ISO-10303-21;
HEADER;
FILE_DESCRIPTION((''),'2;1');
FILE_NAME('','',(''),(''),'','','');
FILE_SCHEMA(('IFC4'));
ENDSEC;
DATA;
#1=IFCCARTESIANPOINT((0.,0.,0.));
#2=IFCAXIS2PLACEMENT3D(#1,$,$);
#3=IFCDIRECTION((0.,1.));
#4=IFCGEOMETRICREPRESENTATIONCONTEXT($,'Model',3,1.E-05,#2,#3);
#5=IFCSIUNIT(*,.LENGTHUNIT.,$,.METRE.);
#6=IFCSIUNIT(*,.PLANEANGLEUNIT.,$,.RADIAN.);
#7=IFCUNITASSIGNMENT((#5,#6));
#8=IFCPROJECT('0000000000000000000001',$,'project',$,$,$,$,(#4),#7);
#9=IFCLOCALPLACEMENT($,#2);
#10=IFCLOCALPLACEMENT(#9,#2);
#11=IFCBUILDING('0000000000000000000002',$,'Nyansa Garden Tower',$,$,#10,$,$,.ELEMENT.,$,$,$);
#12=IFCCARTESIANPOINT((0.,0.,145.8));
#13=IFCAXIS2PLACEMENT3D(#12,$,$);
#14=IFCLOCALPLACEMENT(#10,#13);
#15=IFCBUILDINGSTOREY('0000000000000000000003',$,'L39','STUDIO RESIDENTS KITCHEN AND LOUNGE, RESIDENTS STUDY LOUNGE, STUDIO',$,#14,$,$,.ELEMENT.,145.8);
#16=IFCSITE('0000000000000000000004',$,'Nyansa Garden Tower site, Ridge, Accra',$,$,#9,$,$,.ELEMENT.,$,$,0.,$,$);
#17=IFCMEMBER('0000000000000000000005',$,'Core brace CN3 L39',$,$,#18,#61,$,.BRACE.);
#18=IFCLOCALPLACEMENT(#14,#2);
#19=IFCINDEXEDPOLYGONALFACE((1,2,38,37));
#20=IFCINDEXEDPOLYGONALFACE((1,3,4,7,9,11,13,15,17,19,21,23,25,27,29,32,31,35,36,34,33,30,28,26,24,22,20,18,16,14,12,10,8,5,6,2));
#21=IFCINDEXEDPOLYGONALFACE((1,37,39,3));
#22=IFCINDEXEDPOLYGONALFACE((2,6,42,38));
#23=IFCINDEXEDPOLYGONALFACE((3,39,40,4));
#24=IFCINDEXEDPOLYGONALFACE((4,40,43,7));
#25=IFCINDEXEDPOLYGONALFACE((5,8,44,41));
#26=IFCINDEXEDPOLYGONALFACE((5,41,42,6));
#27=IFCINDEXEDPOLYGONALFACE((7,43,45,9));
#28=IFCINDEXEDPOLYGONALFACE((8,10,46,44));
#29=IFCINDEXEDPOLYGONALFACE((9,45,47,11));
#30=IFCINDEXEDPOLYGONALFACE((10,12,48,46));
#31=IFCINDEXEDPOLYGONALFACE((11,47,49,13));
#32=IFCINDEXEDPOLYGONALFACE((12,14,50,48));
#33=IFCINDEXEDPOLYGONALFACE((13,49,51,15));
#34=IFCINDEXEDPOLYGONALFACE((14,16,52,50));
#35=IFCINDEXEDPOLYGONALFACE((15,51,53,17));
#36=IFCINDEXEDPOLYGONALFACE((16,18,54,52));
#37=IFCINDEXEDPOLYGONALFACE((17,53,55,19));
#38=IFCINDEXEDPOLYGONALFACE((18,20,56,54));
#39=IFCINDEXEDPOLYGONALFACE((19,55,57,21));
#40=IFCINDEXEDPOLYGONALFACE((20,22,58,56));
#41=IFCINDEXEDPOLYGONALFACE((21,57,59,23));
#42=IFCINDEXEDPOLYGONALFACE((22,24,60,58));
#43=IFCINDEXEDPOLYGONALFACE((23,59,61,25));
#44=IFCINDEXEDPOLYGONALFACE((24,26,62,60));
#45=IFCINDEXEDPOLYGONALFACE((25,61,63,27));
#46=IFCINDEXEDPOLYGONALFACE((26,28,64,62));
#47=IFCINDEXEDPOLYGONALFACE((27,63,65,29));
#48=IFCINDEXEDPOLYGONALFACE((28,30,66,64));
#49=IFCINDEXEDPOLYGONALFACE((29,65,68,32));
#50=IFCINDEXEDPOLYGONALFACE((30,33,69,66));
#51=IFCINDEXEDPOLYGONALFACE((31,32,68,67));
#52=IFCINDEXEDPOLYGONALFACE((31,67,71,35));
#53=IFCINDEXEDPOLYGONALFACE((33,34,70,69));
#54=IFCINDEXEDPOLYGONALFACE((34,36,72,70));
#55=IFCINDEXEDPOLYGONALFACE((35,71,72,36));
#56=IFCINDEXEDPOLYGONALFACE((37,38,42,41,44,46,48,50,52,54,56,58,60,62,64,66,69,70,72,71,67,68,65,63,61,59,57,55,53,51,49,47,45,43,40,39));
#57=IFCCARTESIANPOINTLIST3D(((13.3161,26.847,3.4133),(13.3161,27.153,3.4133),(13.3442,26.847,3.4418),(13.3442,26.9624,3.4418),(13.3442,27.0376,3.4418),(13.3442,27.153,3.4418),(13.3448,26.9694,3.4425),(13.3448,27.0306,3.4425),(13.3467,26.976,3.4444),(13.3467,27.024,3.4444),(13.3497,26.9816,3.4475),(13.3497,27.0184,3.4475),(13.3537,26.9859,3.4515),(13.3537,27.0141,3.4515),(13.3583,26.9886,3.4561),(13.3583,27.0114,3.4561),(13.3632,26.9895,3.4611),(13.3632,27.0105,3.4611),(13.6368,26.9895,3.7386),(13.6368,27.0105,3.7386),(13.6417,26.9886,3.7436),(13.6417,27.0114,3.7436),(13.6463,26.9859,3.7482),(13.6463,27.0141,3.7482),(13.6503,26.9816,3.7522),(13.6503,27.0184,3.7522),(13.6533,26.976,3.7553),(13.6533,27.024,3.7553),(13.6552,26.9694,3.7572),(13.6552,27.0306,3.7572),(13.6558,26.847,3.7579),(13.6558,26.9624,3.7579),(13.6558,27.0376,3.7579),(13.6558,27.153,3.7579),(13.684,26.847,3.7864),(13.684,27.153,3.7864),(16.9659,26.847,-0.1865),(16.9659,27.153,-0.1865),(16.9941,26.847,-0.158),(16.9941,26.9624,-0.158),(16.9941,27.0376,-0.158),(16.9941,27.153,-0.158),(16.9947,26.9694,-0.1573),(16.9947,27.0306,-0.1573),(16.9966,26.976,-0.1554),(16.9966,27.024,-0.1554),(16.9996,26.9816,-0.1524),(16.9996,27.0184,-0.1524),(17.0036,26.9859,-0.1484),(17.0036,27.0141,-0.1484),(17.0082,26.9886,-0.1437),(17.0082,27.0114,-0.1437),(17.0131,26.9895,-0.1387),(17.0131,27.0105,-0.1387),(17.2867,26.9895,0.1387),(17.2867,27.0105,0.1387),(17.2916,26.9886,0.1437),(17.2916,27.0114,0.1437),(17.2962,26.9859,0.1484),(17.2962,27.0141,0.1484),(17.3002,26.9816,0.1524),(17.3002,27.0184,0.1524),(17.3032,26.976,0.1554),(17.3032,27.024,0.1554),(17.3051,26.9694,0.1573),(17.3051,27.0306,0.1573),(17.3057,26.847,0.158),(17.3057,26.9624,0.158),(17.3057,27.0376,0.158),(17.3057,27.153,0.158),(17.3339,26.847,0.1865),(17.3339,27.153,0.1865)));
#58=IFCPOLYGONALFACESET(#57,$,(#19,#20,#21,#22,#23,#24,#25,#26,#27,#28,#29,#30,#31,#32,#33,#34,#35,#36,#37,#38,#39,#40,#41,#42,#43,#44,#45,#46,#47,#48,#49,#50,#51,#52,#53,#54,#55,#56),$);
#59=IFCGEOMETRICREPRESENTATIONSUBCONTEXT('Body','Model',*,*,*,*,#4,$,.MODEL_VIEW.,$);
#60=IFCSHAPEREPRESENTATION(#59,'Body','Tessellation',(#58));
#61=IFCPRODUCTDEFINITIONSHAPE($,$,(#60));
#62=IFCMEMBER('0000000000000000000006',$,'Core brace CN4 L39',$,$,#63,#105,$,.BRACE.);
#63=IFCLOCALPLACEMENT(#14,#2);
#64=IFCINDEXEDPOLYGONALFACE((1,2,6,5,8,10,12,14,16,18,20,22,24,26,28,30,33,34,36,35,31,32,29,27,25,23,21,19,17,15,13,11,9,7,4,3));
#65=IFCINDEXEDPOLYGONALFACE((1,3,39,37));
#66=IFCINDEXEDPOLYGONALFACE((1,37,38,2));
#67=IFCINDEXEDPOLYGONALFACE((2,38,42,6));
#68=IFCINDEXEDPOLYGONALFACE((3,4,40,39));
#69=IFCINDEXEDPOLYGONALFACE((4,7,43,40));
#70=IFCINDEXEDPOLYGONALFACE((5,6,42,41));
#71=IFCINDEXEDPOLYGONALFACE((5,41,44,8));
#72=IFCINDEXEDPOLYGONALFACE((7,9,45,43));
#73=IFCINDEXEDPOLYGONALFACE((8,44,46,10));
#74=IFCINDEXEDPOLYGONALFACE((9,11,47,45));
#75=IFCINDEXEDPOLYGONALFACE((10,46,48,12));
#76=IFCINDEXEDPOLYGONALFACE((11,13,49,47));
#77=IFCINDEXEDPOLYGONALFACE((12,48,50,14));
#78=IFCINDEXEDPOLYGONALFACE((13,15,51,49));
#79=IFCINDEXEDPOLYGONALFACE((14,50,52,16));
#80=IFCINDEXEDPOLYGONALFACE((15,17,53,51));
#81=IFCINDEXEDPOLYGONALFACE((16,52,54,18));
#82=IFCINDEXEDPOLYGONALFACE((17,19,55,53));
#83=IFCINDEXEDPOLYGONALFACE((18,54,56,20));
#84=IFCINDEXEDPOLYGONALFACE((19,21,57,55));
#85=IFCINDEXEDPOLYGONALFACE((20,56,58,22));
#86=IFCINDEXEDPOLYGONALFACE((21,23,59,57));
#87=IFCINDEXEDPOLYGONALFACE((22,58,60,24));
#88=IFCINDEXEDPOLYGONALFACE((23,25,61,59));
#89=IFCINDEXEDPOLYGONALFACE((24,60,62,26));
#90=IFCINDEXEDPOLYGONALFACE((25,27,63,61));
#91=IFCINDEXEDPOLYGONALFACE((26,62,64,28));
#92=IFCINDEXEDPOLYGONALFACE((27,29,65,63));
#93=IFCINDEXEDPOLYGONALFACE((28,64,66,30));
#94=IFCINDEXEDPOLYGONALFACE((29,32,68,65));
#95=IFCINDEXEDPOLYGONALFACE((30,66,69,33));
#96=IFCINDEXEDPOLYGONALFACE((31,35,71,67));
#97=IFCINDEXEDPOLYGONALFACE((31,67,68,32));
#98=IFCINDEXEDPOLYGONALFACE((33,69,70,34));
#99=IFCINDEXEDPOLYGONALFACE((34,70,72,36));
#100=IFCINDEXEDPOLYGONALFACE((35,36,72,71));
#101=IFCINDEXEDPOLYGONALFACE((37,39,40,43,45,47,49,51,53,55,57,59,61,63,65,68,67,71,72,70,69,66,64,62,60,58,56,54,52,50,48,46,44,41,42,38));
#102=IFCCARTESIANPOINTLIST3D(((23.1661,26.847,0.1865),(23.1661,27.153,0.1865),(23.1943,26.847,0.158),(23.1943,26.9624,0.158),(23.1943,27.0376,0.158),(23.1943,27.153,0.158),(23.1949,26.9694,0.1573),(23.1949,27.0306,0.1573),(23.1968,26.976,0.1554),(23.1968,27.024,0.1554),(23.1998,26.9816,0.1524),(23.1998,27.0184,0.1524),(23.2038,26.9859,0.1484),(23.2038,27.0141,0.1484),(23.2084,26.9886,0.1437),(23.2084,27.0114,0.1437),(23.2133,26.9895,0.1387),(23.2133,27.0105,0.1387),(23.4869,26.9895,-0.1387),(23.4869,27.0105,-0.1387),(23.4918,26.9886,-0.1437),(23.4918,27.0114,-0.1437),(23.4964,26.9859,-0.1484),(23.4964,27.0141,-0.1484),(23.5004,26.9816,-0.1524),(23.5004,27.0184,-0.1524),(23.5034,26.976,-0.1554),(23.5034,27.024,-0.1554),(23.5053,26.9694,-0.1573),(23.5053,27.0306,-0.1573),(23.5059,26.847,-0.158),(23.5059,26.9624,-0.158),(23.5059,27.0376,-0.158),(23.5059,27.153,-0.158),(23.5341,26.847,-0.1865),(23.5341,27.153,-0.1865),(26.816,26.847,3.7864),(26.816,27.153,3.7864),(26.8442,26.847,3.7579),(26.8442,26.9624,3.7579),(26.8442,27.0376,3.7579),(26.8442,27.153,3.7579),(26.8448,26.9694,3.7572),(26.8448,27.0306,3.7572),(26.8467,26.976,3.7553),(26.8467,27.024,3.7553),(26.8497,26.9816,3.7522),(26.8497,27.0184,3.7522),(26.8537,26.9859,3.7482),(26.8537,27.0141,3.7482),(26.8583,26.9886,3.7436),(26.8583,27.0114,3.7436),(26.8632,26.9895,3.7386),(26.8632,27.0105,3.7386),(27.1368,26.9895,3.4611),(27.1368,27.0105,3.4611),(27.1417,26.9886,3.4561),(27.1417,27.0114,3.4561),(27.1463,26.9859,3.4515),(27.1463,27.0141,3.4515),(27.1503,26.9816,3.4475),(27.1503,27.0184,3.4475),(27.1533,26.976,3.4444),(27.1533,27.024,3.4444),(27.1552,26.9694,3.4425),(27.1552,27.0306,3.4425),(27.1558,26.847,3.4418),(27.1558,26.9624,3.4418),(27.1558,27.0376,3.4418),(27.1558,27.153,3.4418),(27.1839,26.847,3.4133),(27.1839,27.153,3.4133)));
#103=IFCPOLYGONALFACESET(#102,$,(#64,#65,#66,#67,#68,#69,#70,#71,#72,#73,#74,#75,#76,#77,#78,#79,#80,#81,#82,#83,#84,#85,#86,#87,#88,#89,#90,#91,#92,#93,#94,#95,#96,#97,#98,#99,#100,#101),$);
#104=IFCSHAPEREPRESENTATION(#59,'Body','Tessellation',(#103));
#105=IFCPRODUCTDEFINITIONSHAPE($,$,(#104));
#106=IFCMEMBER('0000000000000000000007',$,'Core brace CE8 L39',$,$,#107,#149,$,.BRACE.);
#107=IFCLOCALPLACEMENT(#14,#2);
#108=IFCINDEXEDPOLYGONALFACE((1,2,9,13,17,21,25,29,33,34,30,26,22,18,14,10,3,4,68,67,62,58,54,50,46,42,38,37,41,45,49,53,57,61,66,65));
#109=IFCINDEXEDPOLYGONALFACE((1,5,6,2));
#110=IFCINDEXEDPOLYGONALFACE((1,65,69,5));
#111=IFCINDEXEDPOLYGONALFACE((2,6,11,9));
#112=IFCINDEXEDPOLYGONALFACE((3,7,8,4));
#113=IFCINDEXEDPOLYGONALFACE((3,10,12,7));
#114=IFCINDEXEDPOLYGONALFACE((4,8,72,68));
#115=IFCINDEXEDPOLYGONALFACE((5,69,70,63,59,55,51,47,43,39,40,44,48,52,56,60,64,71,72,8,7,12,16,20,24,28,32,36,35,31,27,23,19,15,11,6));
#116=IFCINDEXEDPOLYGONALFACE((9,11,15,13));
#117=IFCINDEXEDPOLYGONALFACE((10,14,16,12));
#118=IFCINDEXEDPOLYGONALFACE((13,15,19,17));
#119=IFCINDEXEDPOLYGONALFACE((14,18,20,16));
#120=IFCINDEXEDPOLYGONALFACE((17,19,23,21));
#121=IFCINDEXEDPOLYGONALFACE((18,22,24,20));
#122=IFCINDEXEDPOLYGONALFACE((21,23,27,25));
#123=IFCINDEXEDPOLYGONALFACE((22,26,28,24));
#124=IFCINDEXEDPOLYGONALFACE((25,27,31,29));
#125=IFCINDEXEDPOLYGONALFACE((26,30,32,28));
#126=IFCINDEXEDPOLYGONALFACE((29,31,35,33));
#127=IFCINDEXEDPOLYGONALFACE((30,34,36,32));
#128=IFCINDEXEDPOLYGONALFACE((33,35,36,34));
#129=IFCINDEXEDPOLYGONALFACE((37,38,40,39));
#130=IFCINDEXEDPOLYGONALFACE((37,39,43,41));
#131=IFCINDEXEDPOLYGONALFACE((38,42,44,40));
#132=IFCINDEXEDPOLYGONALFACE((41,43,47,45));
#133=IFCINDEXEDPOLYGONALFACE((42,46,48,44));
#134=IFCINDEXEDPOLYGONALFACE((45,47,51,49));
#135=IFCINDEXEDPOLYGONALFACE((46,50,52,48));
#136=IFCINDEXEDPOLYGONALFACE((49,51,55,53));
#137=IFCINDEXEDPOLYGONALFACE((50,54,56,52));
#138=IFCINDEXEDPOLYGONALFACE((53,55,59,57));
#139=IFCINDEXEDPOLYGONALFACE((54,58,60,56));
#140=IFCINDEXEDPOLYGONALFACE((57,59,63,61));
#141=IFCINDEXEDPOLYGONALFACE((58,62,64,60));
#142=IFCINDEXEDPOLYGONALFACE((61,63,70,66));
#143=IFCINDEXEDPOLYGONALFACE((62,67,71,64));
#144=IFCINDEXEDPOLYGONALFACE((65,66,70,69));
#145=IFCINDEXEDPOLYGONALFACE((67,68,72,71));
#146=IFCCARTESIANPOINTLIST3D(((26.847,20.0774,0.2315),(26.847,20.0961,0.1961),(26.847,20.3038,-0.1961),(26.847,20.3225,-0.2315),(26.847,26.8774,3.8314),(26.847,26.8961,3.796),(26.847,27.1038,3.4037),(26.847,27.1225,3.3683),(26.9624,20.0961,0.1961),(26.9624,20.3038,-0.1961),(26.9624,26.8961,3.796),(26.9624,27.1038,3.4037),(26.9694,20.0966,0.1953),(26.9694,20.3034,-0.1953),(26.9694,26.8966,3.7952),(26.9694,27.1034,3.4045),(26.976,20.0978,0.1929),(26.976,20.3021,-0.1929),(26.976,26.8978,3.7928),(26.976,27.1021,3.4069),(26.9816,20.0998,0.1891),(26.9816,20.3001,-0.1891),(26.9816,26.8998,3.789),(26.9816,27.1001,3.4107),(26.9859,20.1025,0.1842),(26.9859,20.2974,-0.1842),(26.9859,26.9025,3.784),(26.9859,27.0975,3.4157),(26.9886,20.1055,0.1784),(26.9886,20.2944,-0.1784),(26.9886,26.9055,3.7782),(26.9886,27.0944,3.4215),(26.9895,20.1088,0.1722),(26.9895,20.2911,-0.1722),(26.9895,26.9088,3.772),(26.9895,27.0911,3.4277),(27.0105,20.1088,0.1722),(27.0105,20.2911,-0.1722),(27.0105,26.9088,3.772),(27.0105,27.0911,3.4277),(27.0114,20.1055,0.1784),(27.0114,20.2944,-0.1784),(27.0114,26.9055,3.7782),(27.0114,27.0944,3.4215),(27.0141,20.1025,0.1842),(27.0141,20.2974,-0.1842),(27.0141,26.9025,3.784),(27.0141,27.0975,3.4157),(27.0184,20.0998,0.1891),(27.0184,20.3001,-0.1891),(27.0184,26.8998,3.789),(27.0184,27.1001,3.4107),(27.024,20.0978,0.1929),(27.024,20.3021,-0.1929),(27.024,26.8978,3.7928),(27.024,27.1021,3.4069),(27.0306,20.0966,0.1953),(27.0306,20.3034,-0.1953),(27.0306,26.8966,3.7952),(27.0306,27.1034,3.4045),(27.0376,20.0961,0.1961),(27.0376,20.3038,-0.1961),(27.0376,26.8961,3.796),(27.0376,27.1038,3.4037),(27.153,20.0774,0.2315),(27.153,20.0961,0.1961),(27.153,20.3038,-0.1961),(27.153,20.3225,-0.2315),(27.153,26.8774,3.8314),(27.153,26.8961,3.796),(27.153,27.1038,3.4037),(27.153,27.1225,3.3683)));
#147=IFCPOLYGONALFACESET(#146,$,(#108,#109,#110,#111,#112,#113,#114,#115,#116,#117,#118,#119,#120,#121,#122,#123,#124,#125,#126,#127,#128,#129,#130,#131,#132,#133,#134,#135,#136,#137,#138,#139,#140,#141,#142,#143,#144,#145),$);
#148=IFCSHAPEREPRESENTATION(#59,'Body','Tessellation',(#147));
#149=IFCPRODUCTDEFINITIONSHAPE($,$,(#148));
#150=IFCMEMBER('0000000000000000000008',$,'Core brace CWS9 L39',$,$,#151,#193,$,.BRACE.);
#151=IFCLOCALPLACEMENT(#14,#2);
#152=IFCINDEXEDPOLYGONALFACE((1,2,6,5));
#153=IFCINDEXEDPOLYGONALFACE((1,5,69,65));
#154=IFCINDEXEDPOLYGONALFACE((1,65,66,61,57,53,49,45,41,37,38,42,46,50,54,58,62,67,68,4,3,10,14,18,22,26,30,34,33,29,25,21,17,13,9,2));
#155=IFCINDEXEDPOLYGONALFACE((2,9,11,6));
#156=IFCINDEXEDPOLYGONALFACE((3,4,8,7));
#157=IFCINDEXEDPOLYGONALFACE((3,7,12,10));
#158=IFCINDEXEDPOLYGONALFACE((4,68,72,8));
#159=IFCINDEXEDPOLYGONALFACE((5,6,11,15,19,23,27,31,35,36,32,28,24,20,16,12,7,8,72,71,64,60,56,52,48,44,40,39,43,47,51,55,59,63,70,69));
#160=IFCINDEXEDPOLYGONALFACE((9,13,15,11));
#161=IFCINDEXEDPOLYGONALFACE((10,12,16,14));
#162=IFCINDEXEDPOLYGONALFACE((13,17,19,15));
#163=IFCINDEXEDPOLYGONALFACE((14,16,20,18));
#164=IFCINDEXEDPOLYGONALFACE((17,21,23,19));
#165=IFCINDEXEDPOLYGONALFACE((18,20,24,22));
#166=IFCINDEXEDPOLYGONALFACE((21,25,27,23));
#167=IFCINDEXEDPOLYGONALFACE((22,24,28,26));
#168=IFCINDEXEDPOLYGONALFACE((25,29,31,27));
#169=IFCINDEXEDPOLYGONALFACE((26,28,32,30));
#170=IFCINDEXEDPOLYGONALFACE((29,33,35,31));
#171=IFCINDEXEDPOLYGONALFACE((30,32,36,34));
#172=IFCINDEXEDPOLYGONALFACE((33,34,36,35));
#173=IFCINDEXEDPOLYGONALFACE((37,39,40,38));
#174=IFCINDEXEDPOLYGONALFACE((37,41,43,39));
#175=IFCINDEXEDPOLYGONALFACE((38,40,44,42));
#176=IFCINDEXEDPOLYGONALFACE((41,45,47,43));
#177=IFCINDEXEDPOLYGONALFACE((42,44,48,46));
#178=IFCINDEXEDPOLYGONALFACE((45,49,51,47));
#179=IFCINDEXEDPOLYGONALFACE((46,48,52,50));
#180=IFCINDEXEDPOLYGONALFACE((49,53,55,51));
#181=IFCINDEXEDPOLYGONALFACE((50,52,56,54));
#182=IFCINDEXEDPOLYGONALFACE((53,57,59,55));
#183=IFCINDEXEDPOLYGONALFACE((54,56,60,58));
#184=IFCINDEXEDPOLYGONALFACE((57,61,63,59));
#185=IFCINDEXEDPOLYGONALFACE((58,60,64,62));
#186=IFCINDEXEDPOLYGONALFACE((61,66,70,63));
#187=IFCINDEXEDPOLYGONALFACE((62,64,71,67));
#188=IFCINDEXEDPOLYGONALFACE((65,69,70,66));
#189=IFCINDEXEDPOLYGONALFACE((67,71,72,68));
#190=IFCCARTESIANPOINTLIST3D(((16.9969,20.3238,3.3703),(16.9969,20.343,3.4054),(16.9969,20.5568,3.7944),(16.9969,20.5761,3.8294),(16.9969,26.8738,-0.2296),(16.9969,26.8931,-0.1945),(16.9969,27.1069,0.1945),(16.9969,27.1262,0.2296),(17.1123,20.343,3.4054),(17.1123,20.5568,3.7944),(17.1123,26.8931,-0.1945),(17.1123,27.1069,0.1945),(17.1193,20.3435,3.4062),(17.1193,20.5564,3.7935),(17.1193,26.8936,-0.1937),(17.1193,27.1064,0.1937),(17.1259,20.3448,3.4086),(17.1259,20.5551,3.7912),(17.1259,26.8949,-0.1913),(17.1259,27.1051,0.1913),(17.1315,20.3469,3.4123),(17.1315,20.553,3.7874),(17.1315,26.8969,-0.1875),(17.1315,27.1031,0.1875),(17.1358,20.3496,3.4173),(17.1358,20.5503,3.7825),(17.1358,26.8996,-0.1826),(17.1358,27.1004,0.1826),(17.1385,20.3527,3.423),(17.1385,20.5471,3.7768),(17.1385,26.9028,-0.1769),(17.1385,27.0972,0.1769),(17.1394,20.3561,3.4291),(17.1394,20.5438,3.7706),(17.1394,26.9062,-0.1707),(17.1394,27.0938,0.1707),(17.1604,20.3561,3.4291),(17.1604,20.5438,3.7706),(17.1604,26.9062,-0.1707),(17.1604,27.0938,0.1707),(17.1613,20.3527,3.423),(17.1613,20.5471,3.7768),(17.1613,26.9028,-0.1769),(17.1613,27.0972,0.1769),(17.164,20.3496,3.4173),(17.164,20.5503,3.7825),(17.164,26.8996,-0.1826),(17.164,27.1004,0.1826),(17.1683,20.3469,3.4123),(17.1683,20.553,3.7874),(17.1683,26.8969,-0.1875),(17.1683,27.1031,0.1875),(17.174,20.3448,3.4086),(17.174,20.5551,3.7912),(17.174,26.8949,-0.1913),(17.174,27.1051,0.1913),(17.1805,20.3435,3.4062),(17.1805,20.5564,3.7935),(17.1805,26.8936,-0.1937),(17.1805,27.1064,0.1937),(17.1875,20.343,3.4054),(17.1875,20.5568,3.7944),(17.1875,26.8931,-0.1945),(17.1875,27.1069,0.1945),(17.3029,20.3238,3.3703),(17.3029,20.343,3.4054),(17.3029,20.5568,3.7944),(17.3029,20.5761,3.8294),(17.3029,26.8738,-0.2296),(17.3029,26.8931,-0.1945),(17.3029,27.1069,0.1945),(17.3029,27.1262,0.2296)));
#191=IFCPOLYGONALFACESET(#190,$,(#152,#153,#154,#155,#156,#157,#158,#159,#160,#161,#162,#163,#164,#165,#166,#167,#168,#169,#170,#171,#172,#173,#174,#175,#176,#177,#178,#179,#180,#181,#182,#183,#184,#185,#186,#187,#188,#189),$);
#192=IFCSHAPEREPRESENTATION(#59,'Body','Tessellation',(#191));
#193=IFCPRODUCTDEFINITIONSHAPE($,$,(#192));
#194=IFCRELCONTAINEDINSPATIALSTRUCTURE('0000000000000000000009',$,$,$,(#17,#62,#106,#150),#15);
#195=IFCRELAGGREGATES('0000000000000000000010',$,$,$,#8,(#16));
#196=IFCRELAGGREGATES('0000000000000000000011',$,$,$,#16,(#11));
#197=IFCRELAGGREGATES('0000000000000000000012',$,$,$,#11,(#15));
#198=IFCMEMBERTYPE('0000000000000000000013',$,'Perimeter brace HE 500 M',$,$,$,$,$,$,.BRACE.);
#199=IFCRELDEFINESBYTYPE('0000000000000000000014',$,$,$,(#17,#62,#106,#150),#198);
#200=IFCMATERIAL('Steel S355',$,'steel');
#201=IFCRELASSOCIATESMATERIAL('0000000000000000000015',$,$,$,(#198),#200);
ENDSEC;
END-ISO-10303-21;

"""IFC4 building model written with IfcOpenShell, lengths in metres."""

from ifc_helpers import new_model, si_unit, direction, frame, origin, origin_2d, place, context, subcontext, project, spatial, i_section, extrude, material, material_profile, profile_set, type_object, element, save


model = new_model("IFC4")

# Units and contexts
model_context = context("Model", 3, precision=1e-05, world=origin(), true_north=direction((0.0, 1.0)))
body_context = subcontext(model_context, "Body", "Model", "MODEL_VIEW")
ifc_project = project(units=[si_unit("LENGTHUNIT", "METRE"), si_unit("PLANEANGLEUNIT", "RADIAN")], contexts=[model_context])

# Site, building, storey
site_placement = place(None, origin())
site = spatial("IfcSite", under=ifc_project, at=site_placement, Name="Nyansa Garden Tower site, Ridge, Accra", CompositionType="ELEMENT", RefElevation=0.0)
building_placement = place(site_placement, origin())
building = spatial("IfcBuilding", under=site, at=building_placement, Name="Nyansa Garden Tower", CompositionType="ELEMENT")
storey_placement = place(building_placement, frame((0.0, 0.0, 145.8)))
storey = spatial("IfcBuildingStorey", under=building, at=storey_placement, Name="L39", Description="STUDIO RESIDENTS KITCHEN AND LOUNGE, RESIDENTS STUDY LOUNGE, STUDIO", CompositionType="ELEMENT", Elevation=145.8)

# Members
ifc_material_1 = material(Name="Steel S355", Category="steel")
ifc_material_profile_1 = material_profile(ifc_material_1, i_section(OverallWidth=0.3059, OverallDepth=0.5239, WebThickness=0.021, FlangeThickness=0.04, FilletRadius=0.0271, at=origin_2d()), Name="HE 500 M")
ifc_profile_set_1 = profile_set([ifc_material_profile_1], Name="Steel S355")
member_type = type_object("IfcMemberType", Name="Perimeter brace HE 500 M", PredefinedType="BRACE", material=ifc_profile_set_1)
for number, where, z_axis, x_axis, name in (
    (1, (17.1499, 27.0, 0.0), (-0.711971, 0.0, 0.702209), (0.0, -1.0, 0.0), "Core brace CN3 L39"),
    (2, (23.3501, 27.0, 0.0), (0.711971, 0.0, 0.702209), (0.0, 1.0, 0.0), "Core brace CN4 L39"),
):
    element("IfcMember", number, at=place(storey_placement, frame(where, z_axis=z_axis, x_axis=x_axis)), inside=storey, type_object=member_type, Name=name, PredefinedType="BRACE", context=body_context, shape_type="SweptSolid", body=[
        extrude(i_section(OverallWidth=0.3059, OverallDepth=0.5239, WebThickness=0.021, FlangeThickness=0.04, FilletRadius=0.0271, at=origin_2d()), origin(), (0.0, 0.0, 1.0), 5.1265),
    ])
member_placement = place(storey_placement, frame((27.0, 20.2, 0.0), z_axis=(0.0, 0.883797, 0.46787), x_axis=(-1.0, 0.0, 0.0)))
element("IfcMember", 3, at=member_placement, inside=storey, type_object=member_type, Name="Core brace CE8 L39", PredefinedType="BRACE", context=body_context, shape_type="SweptSolid", body=[
    extrude(i_section(OverallWidth=0.3059, OverallDepth=0.5239, WebThickness=0.021, FlangeThickness=0.04, FilletRadius=0.0271, at=origin_2d()), origin(), (0.0, 0.0, 1.0), 7.6941),
])
for number, where, z_axis, x_axis, name in (
    (4, (17.1499, 27.0, 0.0), (0.0, -0.876367, 0.481644), (1.0, 0.0, 0.0), "Core brace CWS9 L39"),
):
    element("IfcMember", number, at=place(storey_placement, frame(where, z_axis=z_axis, x_axis=x_axis)), inside=storey, type_object=member_type, Name=name, PredefinedType="BRACE", context=body_context, shape_type="SweptSolid", body=[
        extrude(i_section(OverallWidth=0.3059, OverallDepth=0.5239, WebThickness=0.021, FlangeThickness=0.04, FilletRadius=0.0271, at=origin_2d()), origin(), (0.0, 0.0, 1.0), 7.4741),
    ])

save(model, "model.ifc")
